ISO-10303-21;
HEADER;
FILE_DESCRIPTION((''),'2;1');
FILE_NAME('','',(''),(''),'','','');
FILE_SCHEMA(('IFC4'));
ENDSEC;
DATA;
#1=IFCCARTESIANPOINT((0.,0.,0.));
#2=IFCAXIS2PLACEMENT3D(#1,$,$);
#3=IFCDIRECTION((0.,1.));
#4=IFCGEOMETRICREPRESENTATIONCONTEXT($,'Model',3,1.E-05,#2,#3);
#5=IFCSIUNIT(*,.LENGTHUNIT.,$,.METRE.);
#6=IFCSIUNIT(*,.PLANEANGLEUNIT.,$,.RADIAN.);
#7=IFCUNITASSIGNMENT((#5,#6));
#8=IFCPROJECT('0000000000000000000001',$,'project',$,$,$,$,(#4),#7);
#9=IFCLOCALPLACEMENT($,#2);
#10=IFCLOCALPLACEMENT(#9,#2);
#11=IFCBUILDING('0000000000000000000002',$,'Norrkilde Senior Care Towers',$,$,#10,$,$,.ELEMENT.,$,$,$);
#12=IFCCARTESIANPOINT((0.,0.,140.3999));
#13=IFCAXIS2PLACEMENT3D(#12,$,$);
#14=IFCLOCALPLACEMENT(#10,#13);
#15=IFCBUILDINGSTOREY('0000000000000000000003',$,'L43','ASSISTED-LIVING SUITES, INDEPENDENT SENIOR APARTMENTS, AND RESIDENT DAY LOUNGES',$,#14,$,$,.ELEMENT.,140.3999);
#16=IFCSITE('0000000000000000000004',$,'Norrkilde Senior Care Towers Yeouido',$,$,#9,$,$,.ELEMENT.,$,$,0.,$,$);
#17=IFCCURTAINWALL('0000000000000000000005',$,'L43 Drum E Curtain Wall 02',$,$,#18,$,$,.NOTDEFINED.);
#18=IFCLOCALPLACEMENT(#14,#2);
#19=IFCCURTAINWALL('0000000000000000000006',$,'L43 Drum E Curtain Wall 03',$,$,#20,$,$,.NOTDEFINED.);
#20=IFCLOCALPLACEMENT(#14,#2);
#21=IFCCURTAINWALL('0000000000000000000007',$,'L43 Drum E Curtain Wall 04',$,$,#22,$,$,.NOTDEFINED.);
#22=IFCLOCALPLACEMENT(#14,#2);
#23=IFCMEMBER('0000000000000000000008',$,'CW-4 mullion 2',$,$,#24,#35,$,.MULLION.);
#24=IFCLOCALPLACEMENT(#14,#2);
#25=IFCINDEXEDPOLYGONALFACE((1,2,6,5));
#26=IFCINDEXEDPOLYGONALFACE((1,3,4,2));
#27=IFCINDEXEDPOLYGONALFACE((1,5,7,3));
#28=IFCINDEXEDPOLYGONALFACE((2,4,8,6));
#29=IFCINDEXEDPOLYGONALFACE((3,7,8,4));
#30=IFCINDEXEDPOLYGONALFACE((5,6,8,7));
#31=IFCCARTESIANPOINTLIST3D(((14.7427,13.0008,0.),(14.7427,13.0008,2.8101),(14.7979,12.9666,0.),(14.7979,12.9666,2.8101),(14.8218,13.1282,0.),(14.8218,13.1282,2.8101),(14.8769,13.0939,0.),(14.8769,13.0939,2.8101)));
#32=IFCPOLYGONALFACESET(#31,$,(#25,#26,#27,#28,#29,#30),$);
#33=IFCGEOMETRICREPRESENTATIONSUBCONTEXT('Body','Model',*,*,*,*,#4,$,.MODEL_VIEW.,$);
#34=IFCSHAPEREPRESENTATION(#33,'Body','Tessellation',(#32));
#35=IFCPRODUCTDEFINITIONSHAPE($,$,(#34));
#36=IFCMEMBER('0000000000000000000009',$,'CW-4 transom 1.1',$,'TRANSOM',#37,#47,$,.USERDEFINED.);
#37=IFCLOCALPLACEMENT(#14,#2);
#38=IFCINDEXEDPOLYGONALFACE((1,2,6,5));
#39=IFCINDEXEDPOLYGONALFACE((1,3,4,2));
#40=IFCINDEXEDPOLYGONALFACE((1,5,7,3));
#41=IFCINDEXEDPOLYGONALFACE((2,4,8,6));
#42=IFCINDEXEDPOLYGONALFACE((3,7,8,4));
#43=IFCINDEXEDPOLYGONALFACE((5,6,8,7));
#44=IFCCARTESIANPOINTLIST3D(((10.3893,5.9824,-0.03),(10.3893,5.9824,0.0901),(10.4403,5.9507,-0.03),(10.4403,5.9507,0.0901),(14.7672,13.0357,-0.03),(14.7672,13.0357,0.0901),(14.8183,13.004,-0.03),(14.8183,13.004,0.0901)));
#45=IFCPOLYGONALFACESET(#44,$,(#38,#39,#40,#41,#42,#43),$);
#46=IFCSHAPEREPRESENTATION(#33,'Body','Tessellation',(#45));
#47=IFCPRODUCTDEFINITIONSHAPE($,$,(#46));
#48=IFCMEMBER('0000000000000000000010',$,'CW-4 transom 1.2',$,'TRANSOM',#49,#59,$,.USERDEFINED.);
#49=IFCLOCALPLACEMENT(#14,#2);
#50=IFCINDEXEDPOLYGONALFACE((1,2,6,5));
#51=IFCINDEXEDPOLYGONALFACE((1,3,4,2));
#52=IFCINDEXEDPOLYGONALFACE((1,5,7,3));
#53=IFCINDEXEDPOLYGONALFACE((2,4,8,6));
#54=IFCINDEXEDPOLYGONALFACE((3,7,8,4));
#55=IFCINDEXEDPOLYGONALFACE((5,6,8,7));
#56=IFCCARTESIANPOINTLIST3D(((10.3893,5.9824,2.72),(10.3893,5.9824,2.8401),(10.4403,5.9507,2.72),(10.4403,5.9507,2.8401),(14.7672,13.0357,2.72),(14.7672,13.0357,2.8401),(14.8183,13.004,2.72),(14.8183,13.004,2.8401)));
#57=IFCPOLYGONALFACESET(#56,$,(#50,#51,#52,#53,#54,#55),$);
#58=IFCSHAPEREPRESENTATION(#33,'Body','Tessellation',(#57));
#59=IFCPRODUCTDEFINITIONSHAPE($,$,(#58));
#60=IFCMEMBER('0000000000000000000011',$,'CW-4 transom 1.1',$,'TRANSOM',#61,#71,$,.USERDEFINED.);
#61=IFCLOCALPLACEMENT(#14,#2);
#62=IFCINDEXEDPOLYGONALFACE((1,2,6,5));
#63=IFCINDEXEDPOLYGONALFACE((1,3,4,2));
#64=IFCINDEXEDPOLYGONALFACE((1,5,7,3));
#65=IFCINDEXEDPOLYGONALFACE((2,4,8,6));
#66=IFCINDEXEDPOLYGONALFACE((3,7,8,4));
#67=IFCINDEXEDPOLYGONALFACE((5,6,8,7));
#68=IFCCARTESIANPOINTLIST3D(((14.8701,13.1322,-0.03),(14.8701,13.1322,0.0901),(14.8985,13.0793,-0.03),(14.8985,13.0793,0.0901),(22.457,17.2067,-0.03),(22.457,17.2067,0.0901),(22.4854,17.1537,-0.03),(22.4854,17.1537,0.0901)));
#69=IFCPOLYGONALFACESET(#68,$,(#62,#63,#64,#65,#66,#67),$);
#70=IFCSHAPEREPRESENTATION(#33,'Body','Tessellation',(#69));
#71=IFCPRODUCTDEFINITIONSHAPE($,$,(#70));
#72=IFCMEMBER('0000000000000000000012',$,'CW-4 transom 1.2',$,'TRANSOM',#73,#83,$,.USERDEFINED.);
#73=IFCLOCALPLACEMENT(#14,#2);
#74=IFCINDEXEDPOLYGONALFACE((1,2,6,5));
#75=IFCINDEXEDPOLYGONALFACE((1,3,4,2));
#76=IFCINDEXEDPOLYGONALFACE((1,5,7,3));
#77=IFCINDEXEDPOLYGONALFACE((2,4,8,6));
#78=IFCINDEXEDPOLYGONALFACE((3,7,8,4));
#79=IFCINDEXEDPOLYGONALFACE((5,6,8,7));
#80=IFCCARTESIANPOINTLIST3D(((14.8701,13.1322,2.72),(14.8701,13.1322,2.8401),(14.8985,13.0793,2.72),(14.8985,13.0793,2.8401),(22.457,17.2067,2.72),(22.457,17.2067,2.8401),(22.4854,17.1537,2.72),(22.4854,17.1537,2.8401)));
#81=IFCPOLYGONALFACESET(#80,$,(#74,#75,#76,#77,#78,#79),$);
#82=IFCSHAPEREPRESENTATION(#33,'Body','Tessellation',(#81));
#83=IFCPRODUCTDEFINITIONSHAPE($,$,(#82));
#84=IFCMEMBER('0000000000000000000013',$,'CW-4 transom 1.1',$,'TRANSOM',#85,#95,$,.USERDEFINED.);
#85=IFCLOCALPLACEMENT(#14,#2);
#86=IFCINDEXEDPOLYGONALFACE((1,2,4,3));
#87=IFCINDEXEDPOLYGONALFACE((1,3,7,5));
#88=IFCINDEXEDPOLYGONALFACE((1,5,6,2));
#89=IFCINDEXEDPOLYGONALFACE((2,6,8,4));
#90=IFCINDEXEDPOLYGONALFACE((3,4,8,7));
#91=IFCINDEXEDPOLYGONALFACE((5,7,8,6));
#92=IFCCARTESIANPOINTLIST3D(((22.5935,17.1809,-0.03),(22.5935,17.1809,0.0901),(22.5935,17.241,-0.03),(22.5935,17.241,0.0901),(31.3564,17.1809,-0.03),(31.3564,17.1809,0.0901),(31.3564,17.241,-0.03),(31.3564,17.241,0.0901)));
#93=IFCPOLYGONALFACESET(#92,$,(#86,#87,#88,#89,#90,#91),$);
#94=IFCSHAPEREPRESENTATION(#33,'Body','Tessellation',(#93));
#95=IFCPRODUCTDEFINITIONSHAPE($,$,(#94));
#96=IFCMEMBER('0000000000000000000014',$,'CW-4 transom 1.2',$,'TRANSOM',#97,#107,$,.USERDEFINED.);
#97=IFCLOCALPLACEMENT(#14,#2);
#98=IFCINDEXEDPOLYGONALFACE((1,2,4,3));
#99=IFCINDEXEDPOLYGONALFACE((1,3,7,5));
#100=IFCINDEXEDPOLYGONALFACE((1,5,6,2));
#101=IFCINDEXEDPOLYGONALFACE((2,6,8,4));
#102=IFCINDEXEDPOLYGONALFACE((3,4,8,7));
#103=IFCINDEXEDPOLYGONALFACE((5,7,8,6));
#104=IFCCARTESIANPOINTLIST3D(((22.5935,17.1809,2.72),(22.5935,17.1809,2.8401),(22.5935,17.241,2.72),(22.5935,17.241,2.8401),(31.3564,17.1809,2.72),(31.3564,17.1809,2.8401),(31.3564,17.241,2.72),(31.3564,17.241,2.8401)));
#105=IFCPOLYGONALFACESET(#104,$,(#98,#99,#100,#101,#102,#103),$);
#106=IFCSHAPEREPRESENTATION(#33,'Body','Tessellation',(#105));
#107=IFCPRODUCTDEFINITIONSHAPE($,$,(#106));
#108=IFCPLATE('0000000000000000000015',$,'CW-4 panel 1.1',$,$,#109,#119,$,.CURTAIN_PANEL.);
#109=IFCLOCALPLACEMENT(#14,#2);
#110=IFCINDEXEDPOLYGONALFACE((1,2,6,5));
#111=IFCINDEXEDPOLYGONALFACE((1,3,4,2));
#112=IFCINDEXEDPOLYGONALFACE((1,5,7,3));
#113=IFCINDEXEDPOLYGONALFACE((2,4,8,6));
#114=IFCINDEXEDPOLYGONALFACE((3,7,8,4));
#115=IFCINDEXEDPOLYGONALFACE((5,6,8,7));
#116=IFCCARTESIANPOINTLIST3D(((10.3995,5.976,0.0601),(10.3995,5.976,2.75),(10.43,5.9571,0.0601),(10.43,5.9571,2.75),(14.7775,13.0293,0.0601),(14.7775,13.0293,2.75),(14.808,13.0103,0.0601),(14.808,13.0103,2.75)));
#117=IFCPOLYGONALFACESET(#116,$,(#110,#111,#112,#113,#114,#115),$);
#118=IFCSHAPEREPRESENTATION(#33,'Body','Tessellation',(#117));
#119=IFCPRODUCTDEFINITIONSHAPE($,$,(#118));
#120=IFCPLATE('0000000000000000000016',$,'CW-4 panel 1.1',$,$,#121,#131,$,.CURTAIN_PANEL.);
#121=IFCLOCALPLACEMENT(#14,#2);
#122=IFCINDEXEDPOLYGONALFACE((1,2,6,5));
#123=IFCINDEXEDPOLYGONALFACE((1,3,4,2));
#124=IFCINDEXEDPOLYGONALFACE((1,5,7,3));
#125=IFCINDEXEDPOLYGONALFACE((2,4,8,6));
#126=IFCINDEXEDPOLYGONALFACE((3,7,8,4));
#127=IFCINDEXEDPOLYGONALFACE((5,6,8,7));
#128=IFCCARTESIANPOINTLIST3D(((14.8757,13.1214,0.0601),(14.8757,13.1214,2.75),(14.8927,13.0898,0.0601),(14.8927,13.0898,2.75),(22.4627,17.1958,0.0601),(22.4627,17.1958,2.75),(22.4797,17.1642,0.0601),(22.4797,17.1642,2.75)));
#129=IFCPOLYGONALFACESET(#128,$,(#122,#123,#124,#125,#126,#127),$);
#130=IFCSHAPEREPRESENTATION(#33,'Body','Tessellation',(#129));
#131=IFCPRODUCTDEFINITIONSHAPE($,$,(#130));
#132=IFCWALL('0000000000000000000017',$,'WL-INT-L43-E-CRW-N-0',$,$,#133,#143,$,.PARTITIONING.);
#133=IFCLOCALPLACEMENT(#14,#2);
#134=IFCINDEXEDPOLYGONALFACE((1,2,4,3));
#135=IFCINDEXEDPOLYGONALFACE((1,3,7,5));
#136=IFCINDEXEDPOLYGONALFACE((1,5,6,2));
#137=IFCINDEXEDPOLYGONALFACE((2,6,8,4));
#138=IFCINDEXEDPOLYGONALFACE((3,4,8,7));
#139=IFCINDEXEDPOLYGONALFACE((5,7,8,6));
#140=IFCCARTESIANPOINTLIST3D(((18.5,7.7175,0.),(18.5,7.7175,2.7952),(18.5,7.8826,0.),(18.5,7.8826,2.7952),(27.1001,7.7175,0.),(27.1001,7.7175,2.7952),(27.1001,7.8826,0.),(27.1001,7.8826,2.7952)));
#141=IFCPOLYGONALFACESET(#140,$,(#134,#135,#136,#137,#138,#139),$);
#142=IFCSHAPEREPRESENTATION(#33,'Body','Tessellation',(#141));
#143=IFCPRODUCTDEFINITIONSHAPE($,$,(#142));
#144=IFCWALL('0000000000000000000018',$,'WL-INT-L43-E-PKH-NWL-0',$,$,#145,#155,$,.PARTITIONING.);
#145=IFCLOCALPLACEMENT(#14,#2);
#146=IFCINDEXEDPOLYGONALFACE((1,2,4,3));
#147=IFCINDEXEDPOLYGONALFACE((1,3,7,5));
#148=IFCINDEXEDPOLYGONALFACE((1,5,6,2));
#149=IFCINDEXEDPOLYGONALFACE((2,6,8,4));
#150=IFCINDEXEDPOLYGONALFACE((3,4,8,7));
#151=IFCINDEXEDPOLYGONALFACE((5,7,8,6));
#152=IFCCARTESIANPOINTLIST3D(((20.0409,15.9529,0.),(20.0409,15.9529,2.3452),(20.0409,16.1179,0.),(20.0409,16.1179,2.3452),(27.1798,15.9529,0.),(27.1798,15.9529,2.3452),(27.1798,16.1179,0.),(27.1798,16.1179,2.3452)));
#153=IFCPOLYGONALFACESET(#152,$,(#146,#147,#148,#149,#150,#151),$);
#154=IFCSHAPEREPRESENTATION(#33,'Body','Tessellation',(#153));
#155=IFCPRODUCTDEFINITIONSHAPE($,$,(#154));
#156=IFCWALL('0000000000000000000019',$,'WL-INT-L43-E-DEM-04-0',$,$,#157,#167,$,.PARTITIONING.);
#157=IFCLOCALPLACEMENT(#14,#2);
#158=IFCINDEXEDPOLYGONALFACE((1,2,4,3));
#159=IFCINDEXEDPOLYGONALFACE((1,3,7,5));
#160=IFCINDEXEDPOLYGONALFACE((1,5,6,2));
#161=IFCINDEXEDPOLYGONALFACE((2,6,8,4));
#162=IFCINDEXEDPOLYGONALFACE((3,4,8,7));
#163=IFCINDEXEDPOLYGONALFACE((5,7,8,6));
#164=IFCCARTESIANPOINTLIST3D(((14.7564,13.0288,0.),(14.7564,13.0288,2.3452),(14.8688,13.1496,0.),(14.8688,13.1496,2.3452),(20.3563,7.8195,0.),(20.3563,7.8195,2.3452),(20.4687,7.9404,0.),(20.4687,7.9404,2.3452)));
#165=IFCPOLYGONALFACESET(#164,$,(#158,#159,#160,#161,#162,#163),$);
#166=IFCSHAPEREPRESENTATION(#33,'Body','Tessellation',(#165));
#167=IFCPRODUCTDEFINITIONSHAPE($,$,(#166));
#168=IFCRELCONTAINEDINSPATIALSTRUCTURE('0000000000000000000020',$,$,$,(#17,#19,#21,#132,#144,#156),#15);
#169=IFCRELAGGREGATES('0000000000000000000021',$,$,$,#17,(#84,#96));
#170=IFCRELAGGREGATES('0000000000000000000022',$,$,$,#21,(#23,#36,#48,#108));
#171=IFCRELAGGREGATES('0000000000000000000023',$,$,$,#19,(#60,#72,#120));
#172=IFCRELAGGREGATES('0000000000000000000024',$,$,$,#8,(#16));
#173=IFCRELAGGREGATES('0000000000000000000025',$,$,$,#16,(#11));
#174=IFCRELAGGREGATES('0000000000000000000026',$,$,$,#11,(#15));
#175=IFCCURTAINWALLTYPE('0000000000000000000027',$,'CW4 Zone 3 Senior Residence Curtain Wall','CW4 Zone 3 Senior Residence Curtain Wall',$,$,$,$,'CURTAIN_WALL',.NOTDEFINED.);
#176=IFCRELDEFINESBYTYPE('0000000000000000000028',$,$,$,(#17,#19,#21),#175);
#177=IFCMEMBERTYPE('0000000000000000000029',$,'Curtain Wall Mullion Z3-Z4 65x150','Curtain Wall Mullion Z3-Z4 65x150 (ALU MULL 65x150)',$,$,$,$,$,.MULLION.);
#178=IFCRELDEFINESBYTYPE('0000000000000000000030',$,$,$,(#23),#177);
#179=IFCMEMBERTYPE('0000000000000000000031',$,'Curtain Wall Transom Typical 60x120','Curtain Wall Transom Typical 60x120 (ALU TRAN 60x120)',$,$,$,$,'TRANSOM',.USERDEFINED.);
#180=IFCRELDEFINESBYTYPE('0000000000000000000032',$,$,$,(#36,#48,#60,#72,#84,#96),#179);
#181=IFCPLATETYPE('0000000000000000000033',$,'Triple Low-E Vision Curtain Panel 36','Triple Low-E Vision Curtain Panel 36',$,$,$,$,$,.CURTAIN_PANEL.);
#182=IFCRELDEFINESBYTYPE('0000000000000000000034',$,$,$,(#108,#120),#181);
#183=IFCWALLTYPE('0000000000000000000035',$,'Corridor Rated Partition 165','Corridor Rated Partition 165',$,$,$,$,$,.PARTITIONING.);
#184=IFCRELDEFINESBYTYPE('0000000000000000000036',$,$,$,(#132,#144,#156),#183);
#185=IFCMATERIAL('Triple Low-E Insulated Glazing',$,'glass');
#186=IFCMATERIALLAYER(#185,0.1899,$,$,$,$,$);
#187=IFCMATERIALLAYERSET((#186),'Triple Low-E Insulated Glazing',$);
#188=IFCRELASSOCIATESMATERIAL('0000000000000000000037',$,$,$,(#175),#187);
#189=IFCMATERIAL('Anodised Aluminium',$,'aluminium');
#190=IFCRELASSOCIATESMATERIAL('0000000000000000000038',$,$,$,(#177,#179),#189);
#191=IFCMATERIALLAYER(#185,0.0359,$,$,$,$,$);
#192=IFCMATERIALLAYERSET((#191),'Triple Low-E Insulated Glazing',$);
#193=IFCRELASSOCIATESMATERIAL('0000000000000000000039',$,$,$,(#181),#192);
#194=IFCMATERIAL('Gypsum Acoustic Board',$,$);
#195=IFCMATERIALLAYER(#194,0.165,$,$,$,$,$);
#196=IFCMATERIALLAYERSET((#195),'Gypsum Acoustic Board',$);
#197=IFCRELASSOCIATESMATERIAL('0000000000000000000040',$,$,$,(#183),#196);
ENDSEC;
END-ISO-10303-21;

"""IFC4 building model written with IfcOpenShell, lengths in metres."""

from ifc_helpers import new_model, si_unit, direction, frame, frame_2d, origin, origin_2d, place, context, subcontext, project, spatial, rectangle, extrude, source, transform, mapped, material, layer, layer_set, material_profile, profile_set, type_object, type_shapes, element, aggregate, save


model = new_model("IFC4")

# Units and contexts
model_context = context("Model", 3, precision=1e-05, world=origin(), true_north=direction((0.0, 1.0)))
body_context = subcontext(model_context, "Body", "Model", "MODEL_VIEW")
ifc_project = project(units=[si_unit("LENGTHUNIT", "METRE"), si_unit("PLANEANGLEUNIT", "RADIAN")], contexts=[model_context])

# Site, building, storey
site_placement = place(None, origin())
site = spatial("IfcSite", under=ifc_project, at=site_placement, Name="Norrkilde Senior Care Towers Yeouido", CompositionType="ELEMENT", RefElevation=0.0)
building_placement = place(site_placement, origin())
building = spatial("IfcBuilding", under=site, at=building_placement, Name="Norrkilde Senior Care Towers", CompositionType="ELEMENT")
storey_placement = place(building_placement, frame((0.0, 0.0, 140.3999)))
storey = spatial("IfcBuildingStorey", under=building, at=storey_placement, Name="L43", Description="ASSISTED-LIVING SUITES, INDEPENDENT SENIOR APARTMENTS, AND RESIDENT DAY LOUNGES", CompositionType="ELEMENT", Elevation=140.3999)

# Curtain wall
ifc_material_1 = material(Name="Triple Low-E Insulated Glazing", Category="glass")
ifc_layer_1 = layer(ifc_material_1, 0.1899)
ifc_layer_set_1 = layer_set([ifc_layer_1], Name="Triple Low-E Insulated Glazing")
curtain_wall_type = type_object("IfcCurtainWallType", Name="CW4 Zone 3 Senior Residence Curtain Wall", Description="CW4 Zone 3 Senior Residence Curtain Wall", ElementType="CURTAIN_WALL", PredefinedType="NOTDEFINED", material=ifc_layer_set_1)
curtain_wall_1_placement = place(storey_placement, origin())
curtain_wall_1 = element("IfcCurtainWall", 1, at=curtain_wall_1_placement, inside=storey, type_object=curtain_wall_type, Name="L43 Drum E Curtain Wall 02", PredefinedType="NOTDEFINED")
ifc_material_2 = material(Name="Anodised Aluminium", Category="aluminium")
ifc_material_profile_1 = material_profile(ifc_material_2, rectangle(XDim=0.0649, YDim=0.1499, at=origin_2d()), Name="ALU MULL 65x150")
ifc_profile_set_1 = profile_set([ifc_material_profile_1], Name="Anodised Aluminium")
member_type_1 = type_object("IfcMemberType", Name="Curtain Wall Mullion Z3-Z4 65x150", Description="Curtain Wall Mullion Z3-Z4 65x150 (ALU MULL 65x150)", PredefinedType="MULLION", material=ifc_profile_set_1)
shared_shape_1 = source(origin(), body_context, "Body", "SweptSolid", [
    extrude(rectangle(XDim=0.0649, YDim=0.1499, at=origin_2d()), origin(), (0.0, 0.0, 1.0), 2.8101),
])
type_shapes(member_type_1, [shared_shape_1])

# Curtain walls, members
curtain_wall_2_placement = place(storey_placement, origin())
curtain_wall_2 = element("IfcCurtainWall", 2, at=curtain_wall_2_placement, inside=storey, type_object=curtain_wall_type, Name="L43 Drum E Curtain Wall 03", PredefinedType="NOTDEFINED")
curtain_wall_3_placement = place(storey_placement, origin())
curtain_wall_3 = element("IfcCurtainWall", 3, at=curtain_wall_3_placement, inside=storey, type_object=curtain_wall_type, Name="L43 Drum E Curtain Wall 04", PredefinedType="NOTDEFINED")
member_1_placement = place(storey_placement, frame((14.8098, 13.0474, 0.0), z_axis=(0.0, 0.0, 1.0), x_axis=(-0.849634, 0.527373, 0.0)))
member_1 = element("IfcMember", 4, at=member_1_placement, type_object=member_type_1, Name="CW-4 mullion 2", PredefinedType="MULLION", context=body_context, shape_type="MappedRepresentation", body=[
    mapped(shared_shape_1, transform((0.0, 0.0, 0.0), x_axis=(1.0, 0.0, 0.0), y_axis=(0.0, 1.0, 0.0), z_axis=(0.0, 0.0, 1.0), scale=1.0)),
])
ifc_material_profile_2 = material_profile(ifc_material_2, rectangle(XDim=0.0601, YDim=0.1201, at=origin_2d()), Name="ALU TRAN 60x120")
ifc_profile_set_2 = profile_set([ifc_material_profile_2], Name="Anodised Aluminium")
member_type_2 = type_object("IfcMemberType", Name="Curtain Wall Transom Typical 60x120", Description="Curtain Wall Transom Typical 60x120 (ALU TRAN 60x120)", ElementType="TRANSOM", PredefinedType="USERDEFINED", material=ifc_profile_set_2)
shared_shape_2 = source(origin(), body_context, "Body", "SweptSolid", [
    extrude(rectangle(XDim=0.0601, YDim=0.1201, at=origin_2d()), origin(), (0.0, 0.0, 1.0), 8.3015),
])
member_2_placement = place(storey_placement, frame((10.4148, 5.9666, 0.03), z_axis=(0.527369, 0.849637, 0.0), x_axis=(-0.849637, 0.527369, 0.0)))
member_2 = element("IfcMember", 5, at=member_2_placement, type_object=member_type_2, Name="CW-4 transom 1.1", ObjectType="TRANSOM", PredefinedType="USERDEFINED", context=body_context, shape_type="MappedRepresentation", body=[
    mapped(shared_shape_2, transform((0.0, 0.0, 0.0), x_axis=(1.0, 0.0, 0.0), y_axis=(0.0, 1.0, 0.0), z_axis=(0.0, 0.0, 1.0), scale=1.0)),
])
member_3_placement = place(storey_placement, frame((10.4148, 5.9666, 2.78), z_axis=(0.527369, 0.849637, 0.0), x_axis=(-0.849637, 0.527369, 0.0)))
member_3 = element("IfcMember", 6, at=member_3_placement, type_object=member_type_2, Name="CW-4 transom 1.2", ObjectType="TRANSOM", PredefinedType="USERDEFINED", context=body_context, shape_type="MappedRepresentation", body=[
    mapped(shared_shape_2, transform((0.0, 0.0, 0.0), x_axis=(1.0, 0.0, 0.0), y_axis=(0.0, 1.0, 0.0), z_axis=(0.0, 0.0, 1.0), scale=1.0)),
])

# Members
shared_shape_3 = source(origin(), body_context, "Body", "SweptSolid", [
    extrude(rectangle(XDim=0.0601, YDim=0.1201, at=origin_2d()), origin(), (0.0, 0.0, 1.0), 8.6118),
])
member_4_placement = place(storey_placement, frame((14.8843, 13.1057, 0.03), z_axis=(0.880994, 0.473127, 0.0), x_axis=(-0.473127, 0.880994, 0.0)))
member_4 = element("IfcMember", 7, at=member_4_placement, type_object=member_type_2, Name="CW-4 transom 1.1", ObjectType="TRANSOM", PredefinedType="USERDEFINED", context=body_context, shape_type="MappedRepresentation", body=[
    mapped(shared_shape_3, transform((0.0, 0.0, 0.0), x_axis=(1.0, 0.0, 0.0), y_axis=(0.0, 1.0, 0.0), z_axis=(0.0, 0.0, 1.0), scale=1.0)),
])
member_5_placement = place(storey_placement, frame((14.8843, 13.1057, 2.78), z_axis=(0.880994, 0.473127, 0.0), x_axis=(-0.473127, 0.880994, 0.0)))
member_5 = element("IfcMember", 8, at=member_5_placement, type_object=member_type_2, Name="CW-4 transom 1.2", ObjectType="TRANSOM", PredefinedType="USERDEFINED", context=body_context, shape_type="MappedRepresentation", body=[
    mapped(shared_shape_3, transform((0.0, 0.0, 0.0), x_axis=(1.0, 0.0, 0.0), y_axis=(0.0, 1.0, 0.0), z_axis=(0.0, 0.0, 1.0), scale=1.0)),
])
shared_shape_4 = source(origin(), body_context, "Body", "SweptSolid", [
    extrude(rectangle(XDim=0.0601, YDim=0.1201, at=origin_2d()), origin(), (0.0, 0.0, 1.0), 8.7629),
])
type_shapes(member_type_2, [shared_shape_2, shared_shape_3, shared_shape_4])
member_6_placement = place(storey_placement, frame((22.5935, 17.2109, 0.03), z_axis=(1.0, 0.0, 0.0), x_axis=(0.0, 1.0, 0.0)))
member_6 = element("IfcMember", 9, at=member_6_placement, type_object=member_type_2, Name="CW-4 transom 1.1", ObjectType="TRANSOM", PredefinedType="USERDEFINED", context=body_context, shape_type="MappedRepresentation", body=[
    mapped(shared_shape_4, transform((0.0, 0.0, 0.0), x_axis=(1.0, 0.0, 0.0), y_axis=(0.0, 1.0, 0.0), z_axis=(0.0, 0.0, 1.0), scale=1.0)),
])
member_7_placement = place(storey_placement, frame((22.5935, 17.2109, 2.78), z_axis=(1.0, 0.0, 0.0), x_axis=(0.0, 1.0, 0.0)))
member_7 = element("IfcMember", 10, at=member_7_placement, type_object=member_type_2, Name="CW-4 transom 1.2", ObjectType="TRANSOM", PredefinedType="USERDEFINED", context=body_context, shape_type="MappedRepresentation", body=[
    mapped(shared_shape_4, transform((0.0, 0.0, 0.0), x_axis=(1.0, 0.0, 0.0), y_axis=(0.0, 1.0, 0.0), z_axis=(0.0, 0.0, 1.0), scale=1.0)),
])
aggregate(curtain_wall_1, [member_6, member_7])

# Plates
ifc_layer_2 = layer(ifc_material_1, 0.0359)
ifc_layer_set_2 = layer_set([ifc_layer_2], Name="Triple Low-E Insulated Glazing")
plate_type = type_object("IfcPlateType", Name="Triple Low-E Vision Curtain Panel 36", Description="Triple Low-E Vision Curtain Panel 36", PredefinedType="CURTAIN_PANEL", material=ifc_layer_set_2)
shared_shape_5 = source(origin(), body_context, "Body", "SweptSolid", [
    extrude(rectangle(XDim=8.3015, YDim=0.0359, at=origin_2d()), origin(), (0.0, 0.0, 1.0), 2.6899),
])
plate_1_placement = place(storey_placement, frame((12.6038, 9.4932, 0.0601), z_axis=(0.0, 0.0, 1.0), x_axis=(0.527373, 0.849634, 0.0)))
plate_1 = element("IfcPlate", 11, at=plate_1_placement, type_object=plate_type, Name="CW-4 panel 1.1", PredefinedType="CURTAIN_PANEL", context=body_context, shape_type="MappedRepresentation", body=[
    mapped(shared_shape_5, transform((0.0, 0.0, 0.0), x_axis=(1.0, 0.0, 0.0), y_axis=(0.0, 1.0, 0.0), z_axis=(0.0, 0.0, 1.0), scale=1.0)),
])
aggregate(curtain_wall_3, [member_1, member_2, member_3, plate_1])
shared_shape_6 = source(origin(), body_context, "Body", "SweptSolid", [
    extrude(rectangle(XDim=8.6118, YDim=0.0359, at=origin_2d()), origin(), (0.0, 0.0, 1.0), 2.6899),
])
type_shapes(plate_type, [shared_shape_5, shared_shape_6])
plate_2_placement = place(storey_placement, frame((18.6777, 15.1428, 0.0601), z_axis=(0.0, 0.0, 1.0), x_axis=(0.881, 0.473117, 0.0)))
plate_2 = element("IfcPlate", 12, at=plate_2_placement, type_object=plate_type, Name="CW-4 panel 1.1", PredefinedType="CURTAIN_PANEL", context=body_context, shape_type="MappedRepresentation", body=[
    mapped(shared_shape_6, transform((0.0, 0.0, 0.0), x_axis=(1.0, 0.0, 0.0), y_axis=(0.0, 1.0, 0.0), z_axis=(0.0, 0.0, 1.0), scale=1.0)),
])
aggregate(curtain_wall_2, [member_4, member_5, plate_2])

# Walls
ifc_material_3 = material(Name="Gypsum Acoustic Board")
ifc_layer_3 = layer(ifc_material_3, 0.165)
ifc_layer_set_3 = layer_set([ifc_layer_3], Name="Gypsum Acoustic Board")
wall_type = type_object("IfcWallType", Name="Corridor Rated Partition 165", Description="Corridor Rated Partition 165", PredefinedType="PARTITIONING", material=ifc_layer_set_3)
shared_shape_7 = source(origin(), body_context, "Body", "SweptSolid", [
    extrude(rectangle(XDim=8.6001, YDim=0.165, at=frame_2d((4.3, 0.0))), origin(), (0.0, 0.0, 1.0), 2.7952),
])
wall_1_placement = place(storey_placement, frame((18.5, 7.8, 0.0), z_axis=(0.0, 0.0, 1.0), x_axis=(1.0, 0.0, 0.0)))
element("IfcWall", 13, at=wall_1_placement, inside=storey, type_object=wall_type, Name="WL-INT-L43-E-CRW-N-0", PredefinedType="PARTITIONING", context=body_context, shape_type="MappedRepresentation", body=[
    mapped(shared_shape_7, transform((0.0, 0.0, 0.0), x_axis=(1.0, 0.0, 0.0), y_axis=(0.0, 1.0, 0.0), z_axis=(0.0, 0.0, 1.0), scale=1.0)),
])
shared_shape_8 = source(origin(), body_context, "Body", "SweptSolid", [
    extrude(rectangle(XDim=7.1389, YDim=0.165, at=frame_2d((3.5693, 0.0))), origin(), (0.0, 0.0, 1.0), 2.3452),
])
wall_2_placement = place(storey_placement, frame((20.041, 16.0354, 0.0), z_axis=(0.0, 0.0, 1.0), x_axis=(1.0, 0.0, 0.0)))
element("IfcWall", 14, at=wall_2_placement, inside=storey, type_object=wall_type, Name="WL-INT-L43-E-PKH-NWL-0", PredefinedType="PARTITIONING", context=body_context, shape_type="MappedRepresentation", body=[
    mapped(shared_shape_8, transform((0.0, 0.0, 0.0), x_axis=(1.0, 0.0, 0.0), y_axis=(0.0, 1.0, 0.0), z_axis=(0.0, 0.0, 1.0), scale=1.0)),
])
shared_shape_9 = source(origin(), body_context, "Body", "SweptSolid", [
    extrude(rectangle(XDim=7.6482, YDim=0.165, at=frame_2d((3.8242, 0.0))), origin(), (0.0, 0.0, 1.0), 2.3452),
])
type_shapes(wall_type, [shared_shape_7, shared_shape_8, shared_shape_9])
wall_3_placement = place(storey_placement, frame((20.4126, 7.8799, 0.0), z_axis=(0.0, 0.0, 1.0), x_axis=(-0.732183, 0.681108, 0.0)))
element("IfcWall", 15, at=wall_3_placement, inside=storey, type_object=wall_type, Name="WL-INT-L43-E-DEM-04-0", PredefinedType="PARTITIONING", context=body_context, shape_type="MappedRepresentation", body=[
    mapped(shared_shape_9, transform((0.0, 0.0, 0.0), x_axis=(1.0, 0.0, 0.0), y_axis=(0.0, 1.0, 0.0), z_axis=(0.0, 0.0, 1.0), scale=1.0)),
])

save(model, "model.ifc")
